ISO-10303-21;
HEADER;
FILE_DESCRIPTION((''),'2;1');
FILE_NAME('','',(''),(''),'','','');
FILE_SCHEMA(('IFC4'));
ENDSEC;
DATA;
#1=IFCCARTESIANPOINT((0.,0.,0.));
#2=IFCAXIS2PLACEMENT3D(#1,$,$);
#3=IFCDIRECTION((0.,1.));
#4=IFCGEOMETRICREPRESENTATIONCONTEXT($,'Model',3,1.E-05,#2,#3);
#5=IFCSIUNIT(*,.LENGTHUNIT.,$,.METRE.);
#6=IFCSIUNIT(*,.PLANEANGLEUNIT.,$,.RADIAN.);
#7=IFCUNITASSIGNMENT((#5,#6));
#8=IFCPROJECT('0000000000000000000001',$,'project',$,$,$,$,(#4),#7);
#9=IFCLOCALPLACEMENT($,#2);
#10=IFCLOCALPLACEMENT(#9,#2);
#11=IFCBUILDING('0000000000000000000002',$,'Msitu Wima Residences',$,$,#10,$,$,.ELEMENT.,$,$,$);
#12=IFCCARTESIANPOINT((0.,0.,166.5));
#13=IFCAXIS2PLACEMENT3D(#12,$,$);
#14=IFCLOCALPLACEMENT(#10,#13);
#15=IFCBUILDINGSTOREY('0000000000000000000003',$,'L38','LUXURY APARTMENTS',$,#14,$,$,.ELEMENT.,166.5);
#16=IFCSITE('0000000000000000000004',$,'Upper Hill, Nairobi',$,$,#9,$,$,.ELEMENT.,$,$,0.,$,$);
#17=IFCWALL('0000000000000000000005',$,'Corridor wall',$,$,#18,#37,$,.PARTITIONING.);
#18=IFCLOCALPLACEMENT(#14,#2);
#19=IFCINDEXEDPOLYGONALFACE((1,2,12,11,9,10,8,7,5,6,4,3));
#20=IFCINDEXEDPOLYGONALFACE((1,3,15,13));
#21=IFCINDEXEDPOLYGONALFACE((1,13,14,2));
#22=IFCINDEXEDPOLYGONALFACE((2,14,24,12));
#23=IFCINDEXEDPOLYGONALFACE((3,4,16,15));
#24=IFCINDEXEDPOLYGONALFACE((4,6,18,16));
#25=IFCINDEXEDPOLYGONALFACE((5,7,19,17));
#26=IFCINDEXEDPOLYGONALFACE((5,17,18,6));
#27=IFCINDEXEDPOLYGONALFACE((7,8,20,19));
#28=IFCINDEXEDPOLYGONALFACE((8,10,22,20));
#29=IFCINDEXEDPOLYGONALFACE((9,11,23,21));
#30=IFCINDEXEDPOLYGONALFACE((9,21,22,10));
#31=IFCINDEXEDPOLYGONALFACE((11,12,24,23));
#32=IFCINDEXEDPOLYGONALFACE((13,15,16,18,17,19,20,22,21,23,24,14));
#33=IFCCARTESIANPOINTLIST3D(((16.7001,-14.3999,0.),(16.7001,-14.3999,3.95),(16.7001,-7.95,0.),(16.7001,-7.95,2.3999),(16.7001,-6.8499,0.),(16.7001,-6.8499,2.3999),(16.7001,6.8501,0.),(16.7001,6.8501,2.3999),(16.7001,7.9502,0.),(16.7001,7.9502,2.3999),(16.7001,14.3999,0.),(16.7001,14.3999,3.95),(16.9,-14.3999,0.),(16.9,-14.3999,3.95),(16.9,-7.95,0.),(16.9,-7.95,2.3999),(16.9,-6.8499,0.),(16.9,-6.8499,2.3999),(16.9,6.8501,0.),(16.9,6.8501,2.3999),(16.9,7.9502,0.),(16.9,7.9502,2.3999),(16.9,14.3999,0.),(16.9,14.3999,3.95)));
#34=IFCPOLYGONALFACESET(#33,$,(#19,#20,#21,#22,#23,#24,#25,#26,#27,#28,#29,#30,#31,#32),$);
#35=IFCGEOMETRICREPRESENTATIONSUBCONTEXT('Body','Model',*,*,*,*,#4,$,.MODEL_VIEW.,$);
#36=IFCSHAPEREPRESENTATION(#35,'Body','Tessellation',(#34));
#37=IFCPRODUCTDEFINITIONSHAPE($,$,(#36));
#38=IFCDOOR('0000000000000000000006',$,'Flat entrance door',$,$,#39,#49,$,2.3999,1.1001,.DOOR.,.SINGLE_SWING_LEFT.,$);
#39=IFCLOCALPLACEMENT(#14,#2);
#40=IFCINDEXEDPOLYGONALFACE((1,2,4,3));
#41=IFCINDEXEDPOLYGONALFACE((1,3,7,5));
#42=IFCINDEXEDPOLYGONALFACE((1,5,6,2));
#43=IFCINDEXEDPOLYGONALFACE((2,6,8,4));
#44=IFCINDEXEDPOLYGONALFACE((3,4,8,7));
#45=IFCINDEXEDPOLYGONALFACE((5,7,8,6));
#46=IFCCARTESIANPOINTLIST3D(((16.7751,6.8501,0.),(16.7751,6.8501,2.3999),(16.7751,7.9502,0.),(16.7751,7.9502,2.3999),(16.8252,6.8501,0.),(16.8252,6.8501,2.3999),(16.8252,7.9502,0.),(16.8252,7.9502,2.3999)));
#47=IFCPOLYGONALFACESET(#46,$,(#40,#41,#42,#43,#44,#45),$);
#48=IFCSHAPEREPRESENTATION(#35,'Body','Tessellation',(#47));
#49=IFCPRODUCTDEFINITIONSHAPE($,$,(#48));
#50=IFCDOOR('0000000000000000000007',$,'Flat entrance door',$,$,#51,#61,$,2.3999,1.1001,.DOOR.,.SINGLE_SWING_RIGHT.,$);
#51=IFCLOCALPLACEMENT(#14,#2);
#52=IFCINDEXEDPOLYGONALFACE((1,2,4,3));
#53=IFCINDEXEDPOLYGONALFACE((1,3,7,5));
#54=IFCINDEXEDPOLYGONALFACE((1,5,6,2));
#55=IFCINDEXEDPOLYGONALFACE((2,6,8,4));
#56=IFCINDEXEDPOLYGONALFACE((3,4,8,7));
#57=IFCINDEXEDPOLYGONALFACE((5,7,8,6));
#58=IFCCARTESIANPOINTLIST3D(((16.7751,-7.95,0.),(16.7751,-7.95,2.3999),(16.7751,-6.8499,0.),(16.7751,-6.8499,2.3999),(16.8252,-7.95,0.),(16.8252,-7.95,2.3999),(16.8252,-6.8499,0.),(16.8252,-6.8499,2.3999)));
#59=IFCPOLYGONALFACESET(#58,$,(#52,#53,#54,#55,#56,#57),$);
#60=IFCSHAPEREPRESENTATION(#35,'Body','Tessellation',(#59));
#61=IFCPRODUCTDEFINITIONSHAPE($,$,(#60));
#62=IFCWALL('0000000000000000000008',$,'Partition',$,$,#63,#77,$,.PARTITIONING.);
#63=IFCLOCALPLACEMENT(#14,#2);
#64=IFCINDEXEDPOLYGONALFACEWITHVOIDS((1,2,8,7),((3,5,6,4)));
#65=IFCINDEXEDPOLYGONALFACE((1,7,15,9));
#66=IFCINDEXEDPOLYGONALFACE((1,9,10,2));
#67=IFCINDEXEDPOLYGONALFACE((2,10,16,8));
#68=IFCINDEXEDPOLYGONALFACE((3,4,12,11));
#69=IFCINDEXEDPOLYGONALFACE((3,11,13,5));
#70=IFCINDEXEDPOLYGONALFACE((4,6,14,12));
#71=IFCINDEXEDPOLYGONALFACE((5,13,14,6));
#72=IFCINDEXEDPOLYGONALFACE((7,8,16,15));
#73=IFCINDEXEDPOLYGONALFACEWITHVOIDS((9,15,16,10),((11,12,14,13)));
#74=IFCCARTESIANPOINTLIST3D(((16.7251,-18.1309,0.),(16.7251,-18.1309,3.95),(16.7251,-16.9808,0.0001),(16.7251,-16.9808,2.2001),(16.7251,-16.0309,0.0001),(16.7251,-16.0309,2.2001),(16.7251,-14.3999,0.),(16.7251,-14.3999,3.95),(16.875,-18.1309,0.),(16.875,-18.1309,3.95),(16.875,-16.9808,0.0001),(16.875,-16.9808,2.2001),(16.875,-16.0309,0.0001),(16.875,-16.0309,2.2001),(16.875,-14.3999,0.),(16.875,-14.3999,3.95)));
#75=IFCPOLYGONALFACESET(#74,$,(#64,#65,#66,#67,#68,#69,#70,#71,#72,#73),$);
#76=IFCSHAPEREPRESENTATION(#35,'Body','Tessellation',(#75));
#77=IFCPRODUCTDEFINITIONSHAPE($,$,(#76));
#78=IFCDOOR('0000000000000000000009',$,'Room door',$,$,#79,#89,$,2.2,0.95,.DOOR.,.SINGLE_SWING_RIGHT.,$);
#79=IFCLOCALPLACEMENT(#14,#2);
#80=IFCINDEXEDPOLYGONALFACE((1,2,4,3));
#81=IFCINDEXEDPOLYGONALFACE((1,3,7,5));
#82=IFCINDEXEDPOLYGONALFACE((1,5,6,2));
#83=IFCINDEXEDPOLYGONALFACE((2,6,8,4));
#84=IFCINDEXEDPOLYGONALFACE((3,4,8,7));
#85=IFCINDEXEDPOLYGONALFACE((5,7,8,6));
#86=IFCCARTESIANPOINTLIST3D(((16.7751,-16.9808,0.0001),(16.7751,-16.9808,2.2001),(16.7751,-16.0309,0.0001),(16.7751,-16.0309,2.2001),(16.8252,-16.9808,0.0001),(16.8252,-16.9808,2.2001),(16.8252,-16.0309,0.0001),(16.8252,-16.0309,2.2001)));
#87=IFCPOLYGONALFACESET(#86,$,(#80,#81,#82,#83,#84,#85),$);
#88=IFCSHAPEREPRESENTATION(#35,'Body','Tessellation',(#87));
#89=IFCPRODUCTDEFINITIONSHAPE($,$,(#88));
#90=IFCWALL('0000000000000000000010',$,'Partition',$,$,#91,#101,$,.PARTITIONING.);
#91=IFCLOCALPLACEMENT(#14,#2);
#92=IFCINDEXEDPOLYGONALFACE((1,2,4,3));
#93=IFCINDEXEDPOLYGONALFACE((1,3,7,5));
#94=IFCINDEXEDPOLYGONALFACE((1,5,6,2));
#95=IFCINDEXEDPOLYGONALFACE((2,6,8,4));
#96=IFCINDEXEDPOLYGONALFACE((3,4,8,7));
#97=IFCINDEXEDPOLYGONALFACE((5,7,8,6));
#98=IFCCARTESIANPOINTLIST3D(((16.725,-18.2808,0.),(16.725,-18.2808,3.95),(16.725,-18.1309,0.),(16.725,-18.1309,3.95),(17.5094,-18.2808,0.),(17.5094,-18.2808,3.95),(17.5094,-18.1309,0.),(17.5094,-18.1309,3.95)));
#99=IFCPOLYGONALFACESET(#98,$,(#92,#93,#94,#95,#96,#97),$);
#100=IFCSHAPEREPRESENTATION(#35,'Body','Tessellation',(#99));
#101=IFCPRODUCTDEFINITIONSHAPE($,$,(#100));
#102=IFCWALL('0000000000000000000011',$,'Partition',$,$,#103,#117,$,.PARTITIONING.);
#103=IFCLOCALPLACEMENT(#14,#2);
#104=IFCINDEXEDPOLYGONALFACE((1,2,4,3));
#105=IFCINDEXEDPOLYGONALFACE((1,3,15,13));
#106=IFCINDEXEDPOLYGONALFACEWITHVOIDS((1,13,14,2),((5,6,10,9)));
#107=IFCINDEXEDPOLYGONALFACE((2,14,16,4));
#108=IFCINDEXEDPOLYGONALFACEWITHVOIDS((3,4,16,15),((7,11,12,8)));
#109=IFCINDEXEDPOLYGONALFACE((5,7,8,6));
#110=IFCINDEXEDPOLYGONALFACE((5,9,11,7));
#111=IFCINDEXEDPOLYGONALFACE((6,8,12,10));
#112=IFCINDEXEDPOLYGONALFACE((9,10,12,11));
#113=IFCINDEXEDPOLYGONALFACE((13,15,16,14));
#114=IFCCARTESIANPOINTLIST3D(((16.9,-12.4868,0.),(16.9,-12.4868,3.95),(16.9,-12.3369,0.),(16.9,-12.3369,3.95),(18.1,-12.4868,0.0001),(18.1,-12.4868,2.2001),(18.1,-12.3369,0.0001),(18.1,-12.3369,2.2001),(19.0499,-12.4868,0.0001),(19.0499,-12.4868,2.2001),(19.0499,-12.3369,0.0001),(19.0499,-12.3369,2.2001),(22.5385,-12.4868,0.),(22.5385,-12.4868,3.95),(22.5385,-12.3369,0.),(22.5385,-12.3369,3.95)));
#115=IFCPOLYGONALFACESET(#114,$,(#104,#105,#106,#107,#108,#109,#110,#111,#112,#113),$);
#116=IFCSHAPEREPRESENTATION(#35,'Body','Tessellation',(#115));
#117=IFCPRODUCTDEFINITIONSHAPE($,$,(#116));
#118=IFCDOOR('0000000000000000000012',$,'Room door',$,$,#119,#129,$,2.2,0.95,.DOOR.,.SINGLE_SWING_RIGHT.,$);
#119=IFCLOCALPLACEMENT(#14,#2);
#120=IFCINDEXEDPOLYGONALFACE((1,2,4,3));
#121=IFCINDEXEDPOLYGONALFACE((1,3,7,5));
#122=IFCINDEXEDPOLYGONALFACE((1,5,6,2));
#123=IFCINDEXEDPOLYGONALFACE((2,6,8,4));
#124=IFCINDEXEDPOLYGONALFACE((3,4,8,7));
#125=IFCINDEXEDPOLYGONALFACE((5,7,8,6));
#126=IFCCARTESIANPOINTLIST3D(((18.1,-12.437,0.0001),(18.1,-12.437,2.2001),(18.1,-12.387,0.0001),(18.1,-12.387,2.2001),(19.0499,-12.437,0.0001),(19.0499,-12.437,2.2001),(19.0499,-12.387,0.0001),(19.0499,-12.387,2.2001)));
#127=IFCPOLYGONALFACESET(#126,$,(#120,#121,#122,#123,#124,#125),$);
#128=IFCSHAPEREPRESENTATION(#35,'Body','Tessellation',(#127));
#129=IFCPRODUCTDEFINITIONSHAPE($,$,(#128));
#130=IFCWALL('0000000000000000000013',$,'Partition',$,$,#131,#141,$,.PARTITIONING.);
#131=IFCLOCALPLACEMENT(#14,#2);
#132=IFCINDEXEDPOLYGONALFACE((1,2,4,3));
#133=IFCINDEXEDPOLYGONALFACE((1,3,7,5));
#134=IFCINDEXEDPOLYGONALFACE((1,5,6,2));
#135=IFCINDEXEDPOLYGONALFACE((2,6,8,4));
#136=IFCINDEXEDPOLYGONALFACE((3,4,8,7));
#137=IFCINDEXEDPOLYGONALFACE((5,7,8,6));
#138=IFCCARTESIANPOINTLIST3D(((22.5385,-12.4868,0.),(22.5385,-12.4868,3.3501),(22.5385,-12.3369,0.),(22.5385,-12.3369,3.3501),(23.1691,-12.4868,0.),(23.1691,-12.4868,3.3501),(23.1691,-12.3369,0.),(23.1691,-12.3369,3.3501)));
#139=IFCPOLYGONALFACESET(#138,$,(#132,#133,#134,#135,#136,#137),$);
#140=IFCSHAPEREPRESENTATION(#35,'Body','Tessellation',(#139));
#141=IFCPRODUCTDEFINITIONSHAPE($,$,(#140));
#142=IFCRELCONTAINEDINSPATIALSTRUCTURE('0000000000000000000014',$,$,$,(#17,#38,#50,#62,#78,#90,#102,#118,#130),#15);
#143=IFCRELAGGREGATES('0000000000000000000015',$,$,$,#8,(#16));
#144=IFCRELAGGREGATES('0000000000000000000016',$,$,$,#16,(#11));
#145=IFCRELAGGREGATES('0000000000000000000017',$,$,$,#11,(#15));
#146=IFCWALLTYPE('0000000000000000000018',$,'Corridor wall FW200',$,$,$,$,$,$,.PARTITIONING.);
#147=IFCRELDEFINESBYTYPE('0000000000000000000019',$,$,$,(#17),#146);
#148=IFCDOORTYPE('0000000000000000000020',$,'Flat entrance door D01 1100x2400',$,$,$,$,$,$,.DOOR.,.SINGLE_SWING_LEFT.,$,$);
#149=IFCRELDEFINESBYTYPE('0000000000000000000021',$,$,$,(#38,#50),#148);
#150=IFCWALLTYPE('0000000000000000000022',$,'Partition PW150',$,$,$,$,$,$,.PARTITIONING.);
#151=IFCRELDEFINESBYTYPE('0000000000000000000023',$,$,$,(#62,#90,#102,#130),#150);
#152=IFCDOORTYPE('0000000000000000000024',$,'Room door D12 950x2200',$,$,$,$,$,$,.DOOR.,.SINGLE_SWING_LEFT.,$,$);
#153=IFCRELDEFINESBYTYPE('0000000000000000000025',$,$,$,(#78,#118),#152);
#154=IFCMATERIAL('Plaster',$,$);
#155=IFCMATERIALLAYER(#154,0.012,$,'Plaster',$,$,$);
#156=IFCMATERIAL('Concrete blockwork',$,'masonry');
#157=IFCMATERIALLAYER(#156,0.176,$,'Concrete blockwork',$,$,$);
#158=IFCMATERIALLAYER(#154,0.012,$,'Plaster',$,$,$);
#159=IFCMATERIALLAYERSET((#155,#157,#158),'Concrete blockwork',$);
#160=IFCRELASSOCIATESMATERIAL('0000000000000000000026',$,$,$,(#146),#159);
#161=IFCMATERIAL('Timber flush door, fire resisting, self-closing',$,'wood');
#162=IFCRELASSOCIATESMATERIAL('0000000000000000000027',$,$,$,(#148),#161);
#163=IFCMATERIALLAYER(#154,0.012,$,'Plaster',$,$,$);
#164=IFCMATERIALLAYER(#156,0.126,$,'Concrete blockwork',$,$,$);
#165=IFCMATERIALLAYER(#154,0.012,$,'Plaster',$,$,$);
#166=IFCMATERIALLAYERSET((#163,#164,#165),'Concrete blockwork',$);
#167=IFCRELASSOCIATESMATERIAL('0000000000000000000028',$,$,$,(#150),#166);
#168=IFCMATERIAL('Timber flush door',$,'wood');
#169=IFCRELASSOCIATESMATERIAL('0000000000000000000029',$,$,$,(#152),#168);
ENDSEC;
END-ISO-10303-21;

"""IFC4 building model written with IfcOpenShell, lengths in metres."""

from ifc_helpers import new_model, si_unit, direction, frame, frame_2d, origin, place, context, subcontext, project, spatial, rectangle, extrude, material, layer, layer_set, type_object, element, fill, save


model = new_model("IFC4")

# Units and contexts
model_context = context("Model", 3, precision=1e-05, world=origin(), true_north=direction((0.0, 1.0)))
body_context = subcontext(model_context, "Body", "Model", "MODEL_VIEW")
ifc_project = project(units=[si_unit("LENGTHUNIT", "METRE"), si_unit("PLANEANGLEUNIT", "RADIAN")], contexts=[model_context])

# Site, building, storey
site_placement = place(None, origin())
site = spatial("IfcSite", under=ifc_project, at=site_placement, Name="Upper Hill, Nairobi", CompositionType="ELEMENT", RefElevation=0.0)
building_placement = place(site_placement, origin())
building = spatial("IfcBuilding", under=site, at=building_placement, Name="Msitu Wima Residences", CompositionType="ELEMENT")
storey_placement = place(building_placement, frame((0.0, 0.0, 166.5)))
storey = spatial("IfcBuildingStorey", under=building, at=storey_placement, Name="L38", Description="LUXURY APARTMENTS", CompositionType="ELEMENT", Elevation=166.5)

# Shared definitions
ifc_material_1 = material(Name="Plaster")
ifc_layer_1 = layer(ifc_material_1, 0.012, Name="Plaster")
ifc_material_2 = material(Name="Concrete blockwork", Category="masonry")
ifc_layer_2 = layer(ifc_material_2, 0.176, Name="Concrete blockwork")
ifc_layer_3 = layer(ifc_material_1, 0.012, Name="Plaster")
ifc_layer_set_1 = layer_set([ifc_layer_1, ifc_layer_2, ifc_layer_3], Name="Concrete blockwork")
wall_type_1 = type_object("IfcWallType", Name="Corridor wall FW200", PredefinedType="PARTITIONING", material=ifc_layer_set_1)

# Wall, openings, doors
wall_1_placement = place(storey_placement, frame((16.8, -14.3999, 0.0), z_axis=(0.0, 0.0, 1.0), x_axis=(0.0, 1.0, 0.0)))
wall_1 = element("IfcWall", 1, at=wall_1_placement, inside=storey, type_object=wall_type_1, Name="Corridor wall", PredefinedType="PARTITIONING", context=body_context, shape_type="SweptSolid", body=[
    extrude(rectangle(XDim=28.7998, YDim=0.2, at=frame_2d((14.3999, 0.0))), origin(), (0.0, 0.0, 1.0), 3.95),
])
opening_1_placement = place(wall_1_placement, frame((21.25, 0.0, 0.0)))
opening_1 = element("IfcOpeningElement", 2, at=opening_1_placement, cuts=wall_1, PredefinedType="OPENING", context=body_context, shape_type="SweptSolid", body=[
    extrude(rectangle(XDim=1.1001, YDim=2.3999, at=frame_2d((0.55, 1.2))), frame((0.0, 0.1099, 0.0), z_axis=(0.0, -1.0, 0.0), x_axis=(1.0, 0.0, 0.0)), (0.0, 0.0, 1.0), 0.22),
])
opening_2_placement = place(wall_1_placement, frame((6.45, 0.0, 0.0)))
opening_2 = element("IfcOpeningElement", 3, at=opening_2_placement, cuts=wall_1, PredefinedType="OPENING", context=body_context, shape_type="SweptSolid", body=[
    extrude(rectangle(XDim=1.1001, YDim=2.3999, at=frame_2d((0.55, 1.2))), frame((0.0, 0.1099, 0.0), z_axis=(0.0, -1.0, 0.0), x_axis=(1.0, 0.0, 0.0)), (0.0, 0.0, 1.0), 0.22),
])
ifc_material_3 = material(Name="Timber flush door, fire resisting, self-closing", Category="wood")
door_type_1 = type_object("IfcDoorType", Name="Flat entrance door D01 1100x2400", OperationType="SINGLE_SWING_LEFT", PredefinedType="DOOR", material=ifc_material_3)
door_1_placement = place(opening_1_placement, origin())
door_1 = element("IfcDoor", 4, at=door_1_placement, inside=storey, type_object=door_type_1, Name="Flat entrance door", OperationType="SINGLE_SWING_LEFT", OverallHeight=2.3999, OverallWidth=1.1001, PredefinedType="DOOR", context=body_context, shape_type="SweptSolid", body=[
    extrude(rectangle(XDim=1.1001, YDim=2.3999, at=frame_2d((0.55, 1.2))), frame((0.0, 0.0249, 0.0), z_axis=(0.0, -1.0, 0.0), x_axis=(1.0, 0.0, 0.0)), (0.0, 0.0, 1.0), 0.05),
])
fill(opening_1, door_1)
door_2_placement = place(opening_2_placement, origin())
door_2 = element("IfcDoor", 5, at=door_2_placement, inside=storey, type_object=door_type_1, Name="Flat entrance door", OperationType="SINGLE_SWING_RIGHT", OverallHeight=2.3999, OverallWidth=1.1001, PredefinedType="DOOR", context=body_context, shape_type="SweptSolid", body=[
    extrude(rectangle(XDim=1.1001, YDim=2.3999, at=frame_2d((0.55, 1.2))), frame((0.0, 0.0249, 0.0), z_axis=(0.0, -1.0, 0.0), x_axis=(1.0, 0.0, 0.0)), (0.0, 0.0, 1.0), 0.05),
])
fill(opening_2, door_2)

# Wall, opening, door
ifc_layer_4 = layer(ifc_material_1, 0.012, Name="Plaster")
ifc_layer_5 = layer(ifc_material_2, 0.126, Name="Concrete blockwork")
ifc_layer_6 = layer(ifc_material_1, 0.012, Name="Plaster")
ifc_layer_set_2 = layer_set([ifc_layer_4, ifc_layer_5, ifc_layer_6], Name="Concrete blockwork")
wall_type_2 = type_object("IfcWallType", Name="Partition PW150", PredefinedType="PARTITIONING", material=ifc_layer_set_2)
wall_2_placement = place(storey_placement, frame((16.8, -18.1309, 0.0), z_axis=(0.0, 0.0, 1.0), x_axis=(0.0, 1.0, 0.0)))
wall_2 = element("IfcWall", 6, at=wall_2_placement, inside=storey, type_object=wall_type_2, Name="Partition", PredefinedType="PARTITIONING", context=body_context, shape_type="SweptSolid", body=[
    extrude(rectangle(XDim=3.731, YDim=0.1499, at=frame_2d((1.8655, 0.0))), origin(), (0.0, 0.0, 1.0), 3.95),
])
opening_3_placement = place(wall_2_placement, frame((1.1499, 0.0, 0.0)))
opening_3 = element("IfcOpeningElement", 7, at=opening_3_placement, cuts=wall_2, PredefinedType="OPENING", context=body_context, shape_type="SweptSolid", body=[
    extrude(rectangle(XDim=0.95, YDim=2.2, at=frame_2d((0.4751, 1.1001))), frame((0.0, 0.085, 0.0), z_axis=(0.0, -1.0, 0.0), x_axis=(1.0, 0.0, 0.0)), (0.0, 0.0, 1.0), 0.1699),
])
ifc_material_4 = material(Name="Timber flush door", Category="wood")
door_type_2 = type_object("IfcDoorType", Name="Room door D12 950x2200", OperationType="SINGLE_SWING_LEFT", PredefinedType="DOOR", material=ifc_material_4)
door_3_placement = place(opening_3_placement, origin())
door_3 = element("IfcDoor", 8, at=door_3_placement, inside=storey, type_object=door_type_2, Name="Room door", OperationType="SINGLE_SWING_RIGHT", OverallHeight=2.2, OverallWidth=0.95, PredefinedType="DOOR", context=body_context, shape_type="SweptSolid", body=[
    extrude(rectangle(XDim=0.95, YDim=2.2, at=frame_2d((0.4751, 1.1001))), frame((0.0, 0.0249, 0.0), z_axis=(0.0, -1.0, 0.0), x_axis=(1.0, 0.0, 0.0)), (0.0, 0.0, 1.0), 0.05),
])
fill(opening_3, door_3)

# Wall
wall_3_placement = place(storey_placement, frame((16.7251, -18.2058, 0.0), z_axis=(0.0, 0.0, 1.0), x_axis=(1.0, 0.0, 0.0)))
element("IfcWall", 9, at=wall_3_placement, inside=storey, type_object=wall_type_2, Name="Partition", PredefinedType="PARTITIONING", context=body_context, shape_type="SweptSolid", body=[
    extrude(rectangle(XDim=0.7844, YDim=0.1499, at=frame_2d((0.3921, 0.0))), origin(), (0.0, 0.0, 1.0), 3.95),
])

# Wall, opening, door
wall_4_placement = place(storey_placement, frame((16.8999, -12.4119, 0.0), z_axis=(0.0, 0.0, 1.0), x_axis=(1.0, 0.0, 0.0)))
wall_4 = element("IfcWall", 10, at=wall_4_placement, inside=storey, type_object=wall_type_2, Name="Partition", PredefinedType="PARTITIONING", context=body_context, shape_type="SweptSolid", body=[
    extrude(rectangle(XDim=5.6384, YDim=0.1499, at=frame_2d((2.8193, 0.0))), origin(), (0.0, 0.0, 1.0), 3.95),
])
opening_4_placement = place(wall_4_placement, frame((1.2, 0.0, 0.0)))
opening_4 = element("IfcOpeningElement", 11, at=opening_4_placement, cuts=wall_4, PredefinedType="OPENING", context=body_context, shape_type="SweptSolid", body=[
    extrude(rectangle(XDim=0.95, YDim=2.2, at=frame_2d((0.4751, 1.1001))), frame((0.0, 0.085, 0.0), z_axis=(0.0, -1.0, 0.0), x_axis=(1.0, 0.0, 0.0)), (0.0, 0.0, 1.0), 0.1699),
])
door_4_placement = place(opening_4_placement, origin())
door_4 = element("IfcDoor", 12, at=door_4_placement, inside=storey, type_object=door_type_2, Name="Room door", OperationType="SINGLE_SWING_RIGHT", OverallHeight=2.2, OverallWidth=0.95, PredefinedType="DOOR", context=body_context, shape_type="SweptSolid", body=[
    extrude(rectangle(XDim=0.95, YDim=2.2, at=frame_2d((0.4751, 1.1001))), frame((0.0, 0.0249, 0.0), z_axis=(0.0, -1.0, 0.0), x_axis=(1.0, 0.0, 0.0)), (0.0, 0.0, 1.0), 0.05),
])
fill(opening_4, door_4)

# Wall
wall_5_placement = place(storey_placement, frame((22.5383, -12.4119, 0.0), z_axis=(0.0, 0.0, 1.0), x_axis=(1.0, 0.0, 0.0)))
element("IfcWall", 13, at=wall_5_placement, inside=storey, type_object=wall_type_2, Name="Partition", PredefinedType="PARTITIONING", context=body_context, shape_type="SweptSolid", body=[
    extrude(rectangle(XDim=0.6306, YDim=0.1499, at=frame_2d((0.3154, 0.0))), origin(), (0.0, 0.0, 1.0), 3.3501),
])

save(model, "model.ifc")
